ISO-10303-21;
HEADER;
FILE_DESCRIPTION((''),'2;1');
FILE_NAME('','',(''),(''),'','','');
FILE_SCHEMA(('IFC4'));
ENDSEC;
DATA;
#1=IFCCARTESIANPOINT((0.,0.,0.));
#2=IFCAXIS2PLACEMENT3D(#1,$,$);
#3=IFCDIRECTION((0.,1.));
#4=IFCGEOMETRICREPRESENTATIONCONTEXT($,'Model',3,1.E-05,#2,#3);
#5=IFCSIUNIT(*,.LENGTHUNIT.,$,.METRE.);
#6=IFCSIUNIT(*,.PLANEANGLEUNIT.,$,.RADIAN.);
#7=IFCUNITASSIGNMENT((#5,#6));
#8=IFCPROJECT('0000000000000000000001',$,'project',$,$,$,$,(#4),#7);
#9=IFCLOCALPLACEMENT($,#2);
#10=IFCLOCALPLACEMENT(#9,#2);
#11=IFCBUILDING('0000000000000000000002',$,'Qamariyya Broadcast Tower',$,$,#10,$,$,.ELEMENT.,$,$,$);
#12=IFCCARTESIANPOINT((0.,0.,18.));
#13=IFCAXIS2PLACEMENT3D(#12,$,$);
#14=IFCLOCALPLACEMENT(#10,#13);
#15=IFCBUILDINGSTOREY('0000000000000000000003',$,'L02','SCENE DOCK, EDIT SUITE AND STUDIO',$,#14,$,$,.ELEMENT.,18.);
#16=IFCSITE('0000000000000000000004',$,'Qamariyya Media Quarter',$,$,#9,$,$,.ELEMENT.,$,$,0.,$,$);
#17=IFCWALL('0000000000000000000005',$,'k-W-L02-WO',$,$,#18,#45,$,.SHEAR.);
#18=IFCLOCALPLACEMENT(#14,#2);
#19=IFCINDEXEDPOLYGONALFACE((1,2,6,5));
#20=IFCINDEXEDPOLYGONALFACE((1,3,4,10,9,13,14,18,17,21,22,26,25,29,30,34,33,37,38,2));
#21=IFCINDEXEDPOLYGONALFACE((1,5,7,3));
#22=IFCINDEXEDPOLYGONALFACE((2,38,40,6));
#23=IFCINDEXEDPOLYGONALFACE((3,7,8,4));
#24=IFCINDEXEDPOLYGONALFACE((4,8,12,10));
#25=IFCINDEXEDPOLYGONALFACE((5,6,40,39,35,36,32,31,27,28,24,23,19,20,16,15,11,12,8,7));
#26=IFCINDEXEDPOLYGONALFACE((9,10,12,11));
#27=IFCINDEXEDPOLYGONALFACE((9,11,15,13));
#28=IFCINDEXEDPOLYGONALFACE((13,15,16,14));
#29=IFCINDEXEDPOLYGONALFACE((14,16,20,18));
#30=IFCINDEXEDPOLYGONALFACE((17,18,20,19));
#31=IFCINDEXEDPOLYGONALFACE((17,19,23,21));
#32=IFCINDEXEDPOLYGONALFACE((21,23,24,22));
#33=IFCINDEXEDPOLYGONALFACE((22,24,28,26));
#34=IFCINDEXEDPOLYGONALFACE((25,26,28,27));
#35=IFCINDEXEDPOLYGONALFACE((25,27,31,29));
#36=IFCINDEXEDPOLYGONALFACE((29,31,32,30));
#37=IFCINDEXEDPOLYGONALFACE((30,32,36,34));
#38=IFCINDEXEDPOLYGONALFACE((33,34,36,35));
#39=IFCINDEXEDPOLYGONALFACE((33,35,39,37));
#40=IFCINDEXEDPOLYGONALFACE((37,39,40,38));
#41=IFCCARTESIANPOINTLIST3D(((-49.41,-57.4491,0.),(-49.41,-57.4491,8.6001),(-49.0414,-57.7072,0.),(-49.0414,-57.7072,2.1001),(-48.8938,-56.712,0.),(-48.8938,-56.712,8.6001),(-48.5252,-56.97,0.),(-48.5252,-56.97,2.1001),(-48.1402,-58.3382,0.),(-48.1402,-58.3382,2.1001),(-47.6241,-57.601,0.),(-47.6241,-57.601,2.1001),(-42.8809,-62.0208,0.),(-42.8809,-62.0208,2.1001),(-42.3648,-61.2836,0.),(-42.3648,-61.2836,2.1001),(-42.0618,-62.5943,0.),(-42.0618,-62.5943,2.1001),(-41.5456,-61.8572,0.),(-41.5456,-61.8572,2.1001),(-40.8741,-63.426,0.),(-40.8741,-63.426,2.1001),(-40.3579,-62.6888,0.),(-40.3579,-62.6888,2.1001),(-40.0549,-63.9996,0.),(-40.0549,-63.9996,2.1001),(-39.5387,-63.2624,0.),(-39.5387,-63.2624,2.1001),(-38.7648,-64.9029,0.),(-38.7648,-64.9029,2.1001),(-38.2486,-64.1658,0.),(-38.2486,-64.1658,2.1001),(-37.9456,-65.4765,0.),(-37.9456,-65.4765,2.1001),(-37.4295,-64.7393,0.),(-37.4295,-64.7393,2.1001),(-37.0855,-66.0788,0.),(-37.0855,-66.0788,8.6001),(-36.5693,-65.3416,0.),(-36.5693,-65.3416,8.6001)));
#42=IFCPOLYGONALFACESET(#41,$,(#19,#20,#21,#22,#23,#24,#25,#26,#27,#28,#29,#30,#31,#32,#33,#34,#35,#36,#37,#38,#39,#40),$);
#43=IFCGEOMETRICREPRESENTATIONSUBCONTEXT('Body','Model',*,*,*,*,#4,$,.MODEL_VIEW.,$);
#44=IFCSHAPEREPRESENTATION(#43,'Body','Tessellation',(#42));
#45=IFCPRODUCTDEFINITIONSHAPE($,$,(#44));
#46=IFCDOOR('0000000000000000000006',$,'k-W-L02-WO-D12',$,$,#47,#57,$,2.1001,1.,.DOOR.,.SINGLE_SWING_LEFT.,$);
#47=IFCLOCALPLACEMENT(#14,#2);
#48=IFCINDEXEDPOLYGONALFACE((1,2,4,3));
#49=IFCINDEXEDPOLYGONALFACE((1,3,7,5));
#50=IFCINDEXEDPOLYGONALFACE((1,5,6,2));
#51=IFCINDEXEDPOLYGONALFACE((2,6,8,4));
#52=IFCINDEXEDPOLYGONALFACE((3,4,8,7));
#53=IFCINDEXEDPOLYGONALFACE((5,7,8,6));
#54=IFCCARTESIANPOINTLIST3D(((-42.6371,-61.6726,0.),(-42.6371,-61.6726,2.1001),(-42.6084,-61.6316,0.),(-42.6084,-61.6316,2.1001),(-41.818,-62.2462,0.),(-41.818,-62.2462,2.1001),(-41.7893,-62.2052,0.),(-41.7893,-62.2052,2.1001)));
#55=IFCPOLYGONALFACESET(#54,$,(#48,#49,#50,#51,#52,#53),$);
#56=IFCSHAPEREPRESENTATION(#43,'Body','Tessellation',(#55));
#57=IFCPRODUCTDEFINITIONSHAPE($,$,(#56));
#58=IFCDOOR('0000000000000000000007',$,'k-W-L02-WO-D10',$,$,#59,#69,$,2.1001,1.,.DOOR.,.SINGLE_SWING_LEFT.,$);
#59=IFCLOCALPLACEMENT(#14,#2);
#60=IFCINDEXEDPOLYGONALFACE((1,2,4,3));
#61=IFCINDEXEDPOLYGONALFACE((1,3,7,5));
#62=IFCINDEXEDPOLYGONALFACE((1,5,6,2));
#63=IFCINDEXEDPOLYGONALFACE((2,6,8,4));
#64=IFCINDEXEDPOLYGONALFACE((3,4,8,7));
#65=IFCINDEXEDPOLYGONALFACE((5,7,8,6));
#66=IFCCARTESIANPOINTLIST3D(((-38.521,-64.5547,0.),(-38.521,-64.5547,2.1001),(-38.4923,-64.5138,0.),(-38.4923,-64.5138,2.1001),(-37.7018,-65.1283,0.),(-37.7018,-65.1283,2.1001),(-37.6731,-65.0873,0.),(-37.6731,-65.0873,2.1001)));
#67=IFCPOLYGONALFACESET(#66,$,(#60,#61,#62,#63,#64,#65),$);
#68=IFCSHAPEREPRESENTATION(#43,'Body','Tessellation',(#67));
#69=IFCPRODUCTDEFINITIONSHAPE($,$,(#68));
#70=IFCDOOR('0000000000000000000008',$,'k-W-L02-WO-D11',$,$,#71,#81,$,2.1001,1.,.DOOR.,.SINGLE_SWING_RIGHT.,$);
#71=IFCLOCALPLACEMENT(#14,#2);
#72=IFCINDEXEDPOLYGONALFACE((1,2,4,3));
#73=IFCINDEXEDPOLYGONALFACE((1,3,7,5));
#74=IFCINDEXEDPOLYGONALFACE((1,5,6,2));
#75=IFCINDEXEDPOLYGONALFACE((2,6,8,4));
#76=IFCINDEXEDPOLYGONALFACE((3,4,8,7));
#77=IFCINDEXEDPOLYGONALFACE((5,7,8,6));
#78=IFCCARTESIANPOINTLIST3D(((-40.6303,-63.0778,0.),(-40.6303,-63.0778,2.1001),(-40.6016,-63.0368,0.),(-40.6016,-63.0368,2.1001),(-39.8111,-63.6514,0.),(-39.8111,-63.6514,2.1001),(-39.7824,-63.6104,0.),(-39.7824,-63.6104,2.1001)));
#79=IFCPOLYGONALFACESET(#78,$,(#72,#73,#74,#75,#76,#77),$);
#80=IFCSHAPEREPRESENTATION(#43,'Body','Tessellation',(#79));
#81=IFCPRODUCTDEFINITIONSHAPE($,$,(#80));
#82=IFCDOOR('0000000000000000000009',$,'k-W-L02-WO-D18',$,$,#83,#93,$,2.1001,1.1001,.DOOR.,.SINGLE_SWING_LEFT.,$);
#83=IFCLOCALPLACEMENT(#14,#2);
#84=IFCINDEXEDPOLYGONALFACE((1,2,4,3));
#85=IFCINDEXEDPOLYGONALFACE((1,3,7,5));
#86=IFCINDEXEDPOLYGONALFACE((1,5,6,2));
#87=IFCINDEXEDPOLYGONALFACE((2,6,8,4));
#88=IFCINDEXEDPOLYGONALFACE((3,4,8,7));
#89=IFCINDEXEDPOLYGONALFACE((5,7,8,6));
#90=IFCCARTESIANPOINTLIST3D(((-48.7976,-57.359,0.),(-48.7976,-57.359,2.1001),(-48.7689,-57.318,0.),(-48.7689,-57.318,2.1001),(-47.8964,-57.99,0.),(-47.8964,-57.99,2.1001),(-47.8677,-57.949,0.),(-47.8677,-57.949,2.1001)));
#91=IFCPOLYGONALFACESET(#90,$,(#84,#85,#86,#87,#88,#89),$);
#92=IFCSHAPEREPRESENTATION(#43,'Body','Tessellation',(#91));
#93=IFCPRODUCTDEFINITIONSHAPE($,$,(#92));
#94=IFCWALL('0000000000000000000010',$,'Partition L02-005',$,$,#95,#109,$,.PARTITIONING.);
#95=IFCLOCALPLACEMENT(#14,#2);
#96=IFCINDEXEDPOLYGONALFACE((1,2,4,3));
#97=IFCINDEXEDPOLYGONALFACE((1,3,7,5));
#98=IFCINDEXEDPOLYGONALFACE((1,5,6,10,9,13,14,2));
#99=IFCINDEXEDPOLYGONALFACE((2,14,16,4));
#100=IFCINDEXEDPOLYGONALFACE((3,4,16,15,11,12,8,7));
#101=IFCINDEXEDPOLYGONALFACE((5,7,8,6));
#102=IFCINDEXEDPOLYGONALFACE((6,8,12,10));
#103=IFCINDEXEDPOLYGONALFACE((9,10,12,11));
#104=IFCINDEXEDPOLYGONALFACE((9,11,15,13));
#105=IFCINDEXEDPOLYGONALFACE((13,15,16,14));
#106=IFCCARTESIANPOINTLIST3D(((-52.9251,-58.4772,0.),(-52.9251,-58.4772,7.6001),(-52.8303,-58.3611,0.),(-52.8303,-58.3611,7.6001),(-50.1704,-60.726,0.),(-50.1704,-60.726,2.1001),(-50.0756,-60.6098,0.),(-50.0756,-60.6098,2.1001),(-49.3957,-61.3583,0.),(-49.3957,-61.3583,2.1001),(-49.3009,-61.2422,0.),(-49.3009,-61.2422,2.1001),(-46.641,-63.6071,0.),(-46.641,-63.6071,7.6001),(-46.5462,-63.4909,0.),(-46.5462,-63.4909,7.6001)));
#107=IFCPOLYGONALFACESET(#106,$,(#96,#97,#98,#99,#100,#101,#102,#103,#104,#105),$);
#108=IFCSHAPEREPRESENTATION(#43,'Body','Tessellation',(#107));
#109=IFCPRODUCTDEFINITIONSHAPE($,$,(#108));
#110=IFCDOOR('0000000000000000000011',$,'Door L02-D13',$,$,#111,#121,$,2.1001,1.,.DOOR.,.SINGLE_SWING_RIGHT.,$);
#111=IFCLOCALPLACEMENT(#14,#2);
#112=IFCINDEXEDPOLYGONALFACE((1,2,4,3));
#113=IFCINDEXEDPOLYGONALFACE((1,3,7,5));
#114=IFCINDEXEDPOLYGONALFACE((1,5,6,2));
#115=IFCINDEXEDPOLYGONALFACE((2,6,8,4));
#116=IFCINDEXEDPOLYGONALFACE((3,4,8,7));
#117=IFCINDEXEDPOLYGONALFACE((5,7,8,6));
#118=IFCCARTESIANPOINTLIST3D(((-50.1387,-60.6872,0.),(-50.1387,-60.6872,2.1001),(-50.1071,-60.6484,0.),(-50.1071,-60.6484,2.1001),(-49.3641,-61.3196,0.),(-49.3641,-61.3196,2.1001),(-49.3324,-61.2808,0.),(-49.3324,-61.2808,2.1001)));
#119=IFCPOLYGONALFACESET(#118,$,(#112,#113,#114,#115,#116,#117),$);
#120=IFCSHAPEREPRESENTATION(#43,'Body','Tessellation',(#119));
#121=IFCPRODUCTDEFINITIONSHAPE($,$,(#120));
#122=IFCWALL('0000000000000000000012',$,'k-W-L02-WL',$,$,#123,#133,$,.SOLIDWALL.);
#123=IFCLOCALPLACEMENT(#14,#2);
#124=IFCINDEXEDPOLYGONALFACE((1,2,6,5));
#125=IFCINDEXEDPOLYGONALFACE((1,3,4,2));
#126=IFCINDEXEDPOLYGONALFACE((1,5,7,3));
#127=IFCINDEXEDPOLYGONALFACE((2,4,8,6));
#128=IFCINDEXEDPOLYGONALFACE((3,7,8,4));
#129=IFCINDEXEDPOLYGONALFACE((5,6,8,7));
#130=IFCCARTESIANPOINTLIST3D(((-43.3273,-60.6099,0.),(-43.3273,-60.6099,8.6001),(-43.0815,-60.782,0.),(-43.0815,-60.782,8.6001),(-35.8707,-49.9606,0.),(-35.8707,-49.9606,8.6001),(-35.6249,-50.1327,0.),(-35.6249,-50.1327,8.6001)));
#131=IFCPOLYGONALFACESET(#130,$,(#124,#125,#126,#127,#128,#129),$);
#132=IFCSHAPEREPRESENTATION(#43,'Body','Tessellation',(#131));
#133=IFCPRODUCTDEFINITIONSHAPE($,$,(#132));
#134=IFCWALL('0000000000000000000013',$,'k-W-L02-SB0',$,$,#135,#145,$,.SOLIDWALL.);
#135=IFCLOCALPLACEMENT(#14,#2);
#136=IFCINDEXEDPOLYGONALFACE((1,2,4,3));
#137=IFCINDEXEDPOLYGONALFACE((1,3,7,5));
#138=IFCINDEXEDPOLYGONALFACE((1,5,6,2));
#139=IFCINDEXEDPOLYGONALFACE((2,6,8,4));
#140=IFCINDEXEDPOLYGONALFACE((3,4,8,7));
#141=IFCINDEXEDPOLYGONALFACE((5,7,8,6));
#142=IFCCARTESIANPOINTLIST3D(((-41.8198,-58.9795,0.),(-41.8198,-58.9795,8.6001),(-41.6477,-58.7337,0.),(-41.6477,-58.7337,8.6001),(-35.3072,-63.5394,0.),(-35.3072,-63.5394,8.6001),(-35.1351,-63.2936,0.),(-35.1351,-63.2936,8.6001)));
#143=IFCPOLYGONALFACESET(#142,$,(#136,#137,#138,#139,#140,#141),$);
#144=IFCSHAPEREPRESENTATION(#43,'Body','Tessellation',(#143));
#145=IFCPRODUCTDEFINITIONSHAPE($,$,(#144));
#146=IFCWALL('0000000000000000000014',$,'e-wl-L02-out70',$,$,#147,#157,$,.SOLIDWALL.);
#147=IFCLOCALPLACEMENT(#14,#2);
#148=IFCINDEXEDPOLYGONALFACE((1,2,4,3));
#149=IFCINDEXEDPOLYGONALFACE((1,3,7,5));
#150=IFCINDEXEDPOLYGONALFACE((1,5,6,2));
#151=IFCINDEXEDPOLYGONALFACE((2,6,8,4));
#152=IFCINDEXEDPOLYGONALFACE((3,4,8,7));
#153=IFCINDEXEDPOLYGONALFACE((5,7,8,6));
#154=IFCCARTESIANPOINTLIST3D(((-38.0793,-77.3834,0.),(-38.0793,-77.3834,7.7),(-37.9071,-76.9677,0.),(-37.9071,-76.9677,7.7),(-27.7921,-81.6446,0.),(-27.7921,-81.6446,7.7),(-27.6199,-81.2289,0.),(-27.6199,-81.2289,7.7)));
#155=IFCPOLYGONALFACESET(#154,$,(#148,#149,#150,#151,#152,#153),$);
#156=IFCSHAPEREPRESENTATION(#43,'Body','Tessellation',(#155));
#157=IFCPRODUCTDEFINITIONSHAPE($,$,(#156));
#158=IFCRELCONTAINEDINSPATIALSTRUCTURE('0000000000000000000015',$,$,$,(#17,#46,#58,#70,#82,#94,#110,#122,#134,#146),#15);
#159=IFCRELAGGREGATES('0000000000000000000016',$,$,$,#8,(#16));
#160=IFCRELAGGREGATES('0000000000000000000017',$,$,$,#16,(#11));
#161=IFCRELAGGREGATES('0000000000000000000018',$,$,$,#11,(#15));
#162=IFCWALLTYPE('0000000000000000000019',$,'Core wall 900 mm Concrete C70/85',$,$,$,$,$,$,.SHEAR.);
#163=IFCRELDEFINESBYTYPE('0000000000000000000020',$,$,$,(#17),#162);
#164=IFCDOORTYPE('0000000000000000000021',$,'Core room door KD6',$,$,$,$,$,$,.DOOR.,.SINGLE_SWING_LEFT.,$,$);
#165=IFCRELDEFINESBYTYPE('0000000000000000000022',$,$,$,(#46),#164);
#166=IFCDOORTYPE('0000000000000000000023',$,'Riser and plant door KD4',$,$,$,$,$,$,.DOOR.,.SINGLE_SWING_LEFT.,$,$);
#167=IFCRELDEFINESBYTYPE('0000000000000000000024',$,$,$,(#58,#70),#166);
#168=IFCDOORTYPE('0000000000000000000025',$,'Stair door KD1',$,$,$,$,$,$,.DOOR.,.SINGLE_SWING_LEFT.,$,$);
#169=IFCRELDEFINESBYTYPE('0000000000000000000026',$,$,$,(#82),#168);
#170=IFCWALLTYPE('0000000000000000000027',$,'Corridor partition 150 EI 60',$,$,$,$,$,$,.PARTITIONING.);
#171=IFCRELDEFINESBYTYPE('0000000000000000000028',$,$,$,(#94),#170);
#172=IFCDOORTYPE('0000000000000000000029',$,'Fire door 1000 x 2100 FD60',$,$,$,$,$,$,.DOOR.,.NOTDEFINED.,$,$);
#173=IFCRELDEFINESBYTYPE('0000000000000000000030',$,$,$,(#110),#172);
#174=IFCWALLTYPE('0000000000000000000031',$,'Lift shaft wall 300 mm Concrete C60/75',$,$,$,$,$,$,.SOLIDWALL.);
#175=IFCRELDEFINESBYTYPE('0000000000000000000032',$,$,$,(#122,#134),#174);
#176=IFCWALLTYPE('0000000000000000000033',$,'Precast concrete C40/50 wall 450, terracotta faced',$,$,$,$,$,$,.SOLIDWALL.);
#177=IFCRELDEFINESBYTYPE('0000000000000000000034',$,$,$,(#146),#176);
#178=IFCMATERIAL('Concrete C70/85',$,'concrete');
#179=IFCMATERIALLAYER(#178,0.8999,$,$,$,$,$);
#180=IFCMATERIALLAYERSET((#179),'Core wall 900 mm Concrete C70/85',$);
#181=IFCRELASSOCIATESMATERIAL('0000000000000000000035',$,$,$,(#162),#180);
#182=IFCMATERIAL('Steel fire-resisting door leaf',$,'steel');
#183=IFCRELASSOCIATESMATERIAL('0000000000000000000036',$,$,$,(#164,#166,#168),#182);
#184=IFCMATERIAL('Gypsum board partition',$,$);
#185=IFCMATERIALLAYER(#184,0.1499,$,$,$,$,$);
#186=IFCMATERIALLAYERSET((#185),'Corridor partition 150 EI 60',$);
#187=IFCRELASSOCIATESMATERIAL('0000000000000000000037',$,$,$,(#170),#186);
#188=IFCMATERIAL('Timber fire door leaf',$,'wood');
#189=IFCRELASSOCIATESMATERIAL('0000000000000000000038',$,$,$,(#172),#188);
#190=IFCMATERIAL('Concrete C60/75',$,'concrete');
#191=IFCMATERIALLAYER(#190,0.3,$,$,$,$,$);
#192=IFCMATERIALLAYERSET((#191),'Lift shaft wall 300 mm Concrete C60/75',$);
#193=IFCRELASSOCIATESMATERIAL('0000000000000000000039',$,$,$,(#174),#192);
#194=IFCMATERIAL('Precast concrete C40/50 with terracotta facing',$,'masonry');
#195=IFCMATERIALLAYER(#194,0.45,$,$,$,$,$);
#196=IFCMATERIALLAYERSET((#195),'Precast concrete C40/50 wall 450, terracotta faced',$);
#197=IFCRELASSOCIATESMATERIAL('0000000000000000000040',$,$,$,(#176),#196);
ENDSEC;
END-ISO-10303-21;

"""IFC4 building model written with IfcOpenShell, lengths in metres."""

from ifc_helpers import new_model, si_unit, direction, frame, frame_2d, origin, place, context, subcontext, project, spatial, rectangle, extrude, material, layer, layer_set, type_object, element, fill, save


model = new_model("IFC4")

# Units and contexts
model_context = context("Model", 3, precision=1e-05, world=origin(), true_north=direction((0.0, 1.0)))
body_context = subcontext(model_context, "Body", "Model", "MODEL_VIEW")
ifc_project = project(units=[si_unit("LENGTHUNIT", "METRE"), si_unit("PLANEANGLEUNIT", "RADIAN")], contexts=[model_context])

# Site, building, storey
site_placement = place(None, origin())
site = spatial("IfcSite", under=ifc_project, at=site_placement, Name="Qamariyya Media Quarter", CompositionType="ELEMENT", RefElevation=0.0)
building_placement = place(site_placement, origin())
building = spatial("IfcBuilding", under=site, at=building_placement, Name="Qamariyya Broadcast Tower", CompositionType="ELEMENT")
storey_placement = place(building_placement, frame((0.0, 0.0, 18.0)))
storey = spatial("IfcBuildingStorey", under=building, at=storey_placement, Name="L02", Description="SCENE DOCK, EDIT SUITE AND STUDIO", CompositionType="ELEMENT", Elevation=18.0)

# Shared definitions
ifc_material_1 = material(Name="Concrete C70/85", Category="concrete")

# Shared definitions
ifc_layer_1 = layer(ifc_material_1, 0.8999)
ifc_layer_set_1 = layer_set([ifc_layer_1], Name="Core wall 900 mm Concrete C70/85")
wall_type_1 = type_object("IfcWallType", Name="Core wall 900 mm Concrete C70/85", PredefinedType="SHEAR", material=ifc_layer_set_1)
ifc_material_2 = material(Name="Steel fire-resisting door leaf", Category="steel")

# Wall, openings, doors
wall_1_placement = place(storey_placement, frame((-36.8274, -65.7102, 0.0), z_axis=(0.0, 0.0, 1.0), x_axis=(-0.819153, 0.573575, 0.0)))
wall_1 = element("IfcWall", 1, at=wall_1_placement, inside=storey, type_object=wall_type_1, Name="k-W-L02-WO", PredefinedType="SHEAR", context=body_context, shape_type="SweptSolid", body=[
    extrude(rectangle(XDim=15.0454, YDim=0.8999, at=frame_2d((7.5227, 0.0))), origin(), (0.0, 0.0, 1.0), 8.6001),
])
opening_1_placement = place(wall_1_placement, frame((1.05, 0.0, 0.0)))
opening_1 = element("IfcOpeningElement", 2, at=opening_1_placement, cuts=wall_1, PredefinedType="OPENING", context=body_context, shape_type="SweptSolid", body=[
    extrude(rectangle(XDim=1.0, YDim=2.1001, at=frame_2d((0.5, 1.05))), frame((0.0, 0.46, 0.0), z_axis=(0.0, -1.0, 0.0), x_axis=(1.0, 0.0, 0.0)), (0.0, 0.0, 1.0), 0.9199),
])
opening_2_placement = place(wall_1_placement, frame((3.625, 0.0, 0.0)))
opening_2 = element("IfcOpeningElement", 3, at=opening_2_placement, cuts=wall_1, PredefinedType="OPENING", context=body_context, shape_type="SweptSolid", body=[
    extrude(rectangle(XDim=1.0, YDim=2.1001, at=frame_2d((0.5, 1.05))), frame((0.0, 0.46, 0.0), z_axis=(0.0, -1.0, 0.0), x_axis=(1.0, 0.0, 0.0)), (0.0, 0.0, 1.0), 0.9199),
])
opening_3_placement = place(wall_1_placement, frame((6.075, 0.0, 0.0)))
opening_3 = element("IfcOpeningElement", 4, at=opening_3_placement, cuts=wall_1, PredefinedType="OPENING", context=body_context, shape_type="SweptSolid", body=[
    extrude(rectangle(XDim=1.0, YDim=2.1001, at=frame_2d((0.5, 1.05))), frame((0.0, 0.46, 0.0), z_axis=(0.0, -1.0, 0.0), x_axis=(1.0, 0.0, 0.0)), (0.0, 0.0, 1.0), 0.9199),
])
opening_4_placement = place(wall_1_placement, frame((13.4954, 0.0, 0.0)))
opening_4 = element("IfcOpeningElement", 5, at=opening_4_placement, cuts=wall_1, PredefinedType="OPENING", context=body_context, shape_type="SweptSolid", body=[
    extrude(rectangle(XDim=1.1001, YDim=2.1001, at=frame_2d((0.55, 1.05))), frame((0.0, 0.46, 0.0), z_axis=(0.0, -1.0, 0.0), x_axis=(1.0, 0.0, 0.0)), (0.0, 0.0, 1.0), 0.9199),
])
door_type_1 = type_object("IfcDoorType", Name="Core room door KD6", OperationType="SINGLE_SWING_LEFT", PredefinedType="DOOR", material=ifc_material_2)
door_1_placement = place(opening_3_placement, origin())
door_1 = element("IfcDoor", 6, at=door_1_placement, inside=storey, type_object=door_type_1, Name="k-W-L02-WO-D12", OperationType="SINGLE_SWING_LEFT", OverallHeight=2.1001, OverallWidth=1.0, PredefinedType="DOOR", context=body_context, shape_type="SweptSolid", body=[
    extrude(rectangle(XDim=1.0, YDim=2.1001, at=frame_2d((0.5, 1.05))), frame((0.0, 0.0249, 0.0), z_axis=(0.0, -1.0, 0.0), x_axis=(1.0, 0.0, 0.0)), (0.0, 0.0, 1.0), 0.05),
])
fill(opening_3, door_1)
door_type_2 = type_object("IfcDoorType", Name="Riser and plant door KD4", OperationType="SINGLE_SWING_LEFT", PredefinedType="DOOR", material=ifc_material_2)
door_2_placement = place(opening_1_placement, origin())
door_2 = element("IfcDoor", 7, at=door_2_placement, inside=storey, type_object=door_type_2, Name="k-W-L02-WO-D10", OperationType="SINGLE_SWING_LEFT", OverallHeight=2.1001, OverallWidth=1.0, PredefinedType="DOOR", context=body_context, shape_type="SweptSolid", body=[
    extrude(rectangle(XDim=1.0, YDim=2.1001, at=frame_2d((0.5, 1.05))), frame((0.0, 0.0249, 0.0), z_axis=(0.0, -1.0, 0.0), x_axis=(1.0, 0.0, 0.0)), (0.0, 0.0, 1.0), 0.05),
])
fill(opening_1, door_2)
door_3_placement = place(opening_2_placement, origin())
door_3 = element("IfcDoor", 8, at=door_3_placement, inside=storey, type_object=door_type_2, Name="k-W-L02-WO-D11", OperationType="SINGLE_SWING_RIGHT", OverallHeight=2.1001, OverallWidth=1.0, PredefinedType="DOOR", context=body_context, shape_type="SweptSolid", body=[
    extrude(rectangle(XDim=1.0, YDim=2.1001, at=frame_2d((0.5, 1.05))), frame((0.0, 0.0249, 0.0), z_axis=(0.0, -1.0, 0.0), x_axis=(1.0, 0.0, 0.0)), (0.0, 0.0, 1.0), 0.05),
])
fill(opening_2, door_3)
door_type_3 = type_object("IfcDoorType", Name="Stair door KD1", OperationType="SINGLE_SWING_LEFT", PredefinedType="DOOR", material=ifc_material_2)
door_4_placement = place(opening_4_placement, origin())
door_4 = element("IfcDoor", 9, at=door_4_placement, inside=storey, type_object=door_type_3, Name="k-W-L02-WO-D18", OperationType="SINGLE_SWING_LEFT", OverallHeight=2.1001, OverallWidth=1.1001, PredefinedType="DOOR", context=body_context, shape_type="SweptSolid", body=[
    extrude(rectangle(XDim=1.1001, YDim=2.1001, at=frame_2d((0.55, 1.05))), frame((0.0, 0.0249, 0.0), z_axis=(0.0, -1.0, 0.0), x_axis=(1.0, 0.0, 0.0)), (0.0, 0.0, 1.0), 0.05),
])
fill(opening_4, door_4)

# Wall, opening, door
ifc_material_3 = material(Name="Gypsum board partition")
ifc_layer_2 = layer(ifc_material_3, 0.1499)
ifc_layer_set_2 = layer_set([ifc_layer_2], Name="Corridor partition 150 EI 60")
wall_type_2 = type_object("IfcWallType", Name="Corridor partition 150 EI 60", PredefinedType="PARTITIONING", material=ifc_layer_set_2)
wall_2_placement = place(storey_placement, frame((-46.5935, -63.5491, 0.0), z_axis=(0.0, 0.0, 1.0), x_axis=(-0.774665, 0.632372, 0.0)))
wall_2 = element("IfcWall", 10, at=wall_2_placement, inside=storey, type_object=wall_type_2, Name="Partition L02-005", PredefinedType="PARTITIONING", context=body_context, shape_type="SweptSolid", body=[
    extrude(rectangle(XDim=8.1121, YDim=0.1499, at=frame_2d((4.0562, 0.0))), origin(), (0.0, 0.0, 1.0), 7.6001),
])
opening_5_placement = place(wall_2_placement, frame((3.5562, 0.0, 0.0)))
opening_5 = element("IfcOpeningElement", 11, at=opening_5_placement, cuts=wall_2, PredefinedType="OPENING", context=body_context, shape_type="SweptSolid", body=[
    extrude(rectangle(XDim=1.0, YDim=2.1001, at=frame_2d((0.5, 1.05))), frame((0.0, 0.085, 0.0), z_axis=(0.0, -1.0, 0.0), x_axis=(1.0, 0.0, 0.0)), (0.0, 0.0, 1.0), 0.1699),
])
ifc_material_4 = material(Name="Timber fire door leaf", Category="wood")
door_type_4 = type_object("IfcDoorType", Name="Fire door 1000 x 2100 FD60", OperationType="NOTDEFINED", PredefinedType="DOOR", material=ifc_material_4)
door_5_placement = place(opening_5_placement, origin())
door_5 = element("IfcDoor", 12, at=door_5_placement, inside=storey, type_object=door_type_4, Name="Door L02-D13", OperationType="SINGLE_SWING_RIGHT", OverallHeight=2.1001, OverallWidth=1.0, PredefinedType="DOOR", context=body_context, shape_type="SweptSolid", body=[
    extrude(rectangle(XDim=1.0, YDim=2.1001, at=frame_2d((0.5, 1.05))), frame((0.0, 0.0249, 0.0), z_axis=(0.0, -1.0, 0.0), x_axis=(1.0, 0.0, 0.0)), (0.0, 0.0, 1.0), 0.05),
])
fill(opening_5, door_5)

# Walls
ifc_material_5 = material(Name="Concrete C60/75", Category="concrete")
ifc_layer_3 = layer(ifc_material_5, 0.3)
ifc_layer_set_3 = layer_set([ifc_layer_3], Name="Lift shaft wall 300 mm Concrete C60/75")
wall_type_3 = type_object("IfcWallType", Name="Lift shaft wall 300 mm Concrete C60/75", PredefinedType="SOLIDWALL", material=ifc_layer_set_3)
wall_3_placement = place(storey_placement, frame((-43.2043, -60.6958, 0.0), z_axis=(0.0, 0.0, 1.0), x_axis=(0.573572, 0.819155, 0.0)))
element("IfcWall", 13, at=wall_3_placement, inside=storey, type_object=wall_type_3, Name="k-W-L02-WL", PredefinedType="SOLIDWALL", context=body_context, shape_type="SweptSolid", body=[
    extrude(rectangle(XDim=13.0002, YDim=0.3, at=frame_2d((6.5, 0.0))), origin(), (0.0, 0.0, 1.0), 8.6001),
])
wall_4_placement = place(storey_placement, frame((-35.2212, -63.4165, 0.0), z_axis=(0.0, 0.0, 1.0), x_axis=(-0.819167, 0.573555, 0.0)))
element("IfcWall", 14, at=wall_4_placement, inside=storey, type_object=wall_type_3, Name="k-W-L02-SB0", PredefinedType="SOLIDWALL", context=body_context, shape_type="SweptSolid", body=[
    extrude(rectangle(XDim=7.9502, YDim=0.3, at=frame_2d((3.9751, 0.0))), origin(), (0.0, 0.0, 1.0), 8.6001),
])
ifc_material_6 = material(Name="Precast concrete C40/50 with terracotta facing", Category="masonry")
ifc_layer_4 = layer(ifc_material_6, 0.45)
ifc_layer_set_4 = layer_set([ifc_layer_4], Name="Precast concrete C40/50 wall 450, terracotta faced")
wall_type_4 = type_object("IfcWallType", Name="Precast concrete C40/50 wall 450, terracotta faced", PredefinedType="SOLIDWALL", material=ifc_layer_set_4)
wall_5_placement = place(storey_placement, frame((-37.9932, -77.1755, 0.0), z_axis=(0.0, 0.0, 1.0), x_axis=(0.923874, -0.382696, 0.0)))
element("IfcWall", 15, at=wall_5_placement, inside=storey, type_object=wall_type_4, Name="e-wl-L02-out70", PredefinedType="SOLIDWALL", context=body_context, shape_type="SweptSolid", body=[
    extrude(rectangle(XDim=11.1348, YDim=0.45, at=frame_2d((5.5674, 0.0))), origin(), (0.0, 0.0, 1.0), 7.7),
])

save(model, "model.ifc")
